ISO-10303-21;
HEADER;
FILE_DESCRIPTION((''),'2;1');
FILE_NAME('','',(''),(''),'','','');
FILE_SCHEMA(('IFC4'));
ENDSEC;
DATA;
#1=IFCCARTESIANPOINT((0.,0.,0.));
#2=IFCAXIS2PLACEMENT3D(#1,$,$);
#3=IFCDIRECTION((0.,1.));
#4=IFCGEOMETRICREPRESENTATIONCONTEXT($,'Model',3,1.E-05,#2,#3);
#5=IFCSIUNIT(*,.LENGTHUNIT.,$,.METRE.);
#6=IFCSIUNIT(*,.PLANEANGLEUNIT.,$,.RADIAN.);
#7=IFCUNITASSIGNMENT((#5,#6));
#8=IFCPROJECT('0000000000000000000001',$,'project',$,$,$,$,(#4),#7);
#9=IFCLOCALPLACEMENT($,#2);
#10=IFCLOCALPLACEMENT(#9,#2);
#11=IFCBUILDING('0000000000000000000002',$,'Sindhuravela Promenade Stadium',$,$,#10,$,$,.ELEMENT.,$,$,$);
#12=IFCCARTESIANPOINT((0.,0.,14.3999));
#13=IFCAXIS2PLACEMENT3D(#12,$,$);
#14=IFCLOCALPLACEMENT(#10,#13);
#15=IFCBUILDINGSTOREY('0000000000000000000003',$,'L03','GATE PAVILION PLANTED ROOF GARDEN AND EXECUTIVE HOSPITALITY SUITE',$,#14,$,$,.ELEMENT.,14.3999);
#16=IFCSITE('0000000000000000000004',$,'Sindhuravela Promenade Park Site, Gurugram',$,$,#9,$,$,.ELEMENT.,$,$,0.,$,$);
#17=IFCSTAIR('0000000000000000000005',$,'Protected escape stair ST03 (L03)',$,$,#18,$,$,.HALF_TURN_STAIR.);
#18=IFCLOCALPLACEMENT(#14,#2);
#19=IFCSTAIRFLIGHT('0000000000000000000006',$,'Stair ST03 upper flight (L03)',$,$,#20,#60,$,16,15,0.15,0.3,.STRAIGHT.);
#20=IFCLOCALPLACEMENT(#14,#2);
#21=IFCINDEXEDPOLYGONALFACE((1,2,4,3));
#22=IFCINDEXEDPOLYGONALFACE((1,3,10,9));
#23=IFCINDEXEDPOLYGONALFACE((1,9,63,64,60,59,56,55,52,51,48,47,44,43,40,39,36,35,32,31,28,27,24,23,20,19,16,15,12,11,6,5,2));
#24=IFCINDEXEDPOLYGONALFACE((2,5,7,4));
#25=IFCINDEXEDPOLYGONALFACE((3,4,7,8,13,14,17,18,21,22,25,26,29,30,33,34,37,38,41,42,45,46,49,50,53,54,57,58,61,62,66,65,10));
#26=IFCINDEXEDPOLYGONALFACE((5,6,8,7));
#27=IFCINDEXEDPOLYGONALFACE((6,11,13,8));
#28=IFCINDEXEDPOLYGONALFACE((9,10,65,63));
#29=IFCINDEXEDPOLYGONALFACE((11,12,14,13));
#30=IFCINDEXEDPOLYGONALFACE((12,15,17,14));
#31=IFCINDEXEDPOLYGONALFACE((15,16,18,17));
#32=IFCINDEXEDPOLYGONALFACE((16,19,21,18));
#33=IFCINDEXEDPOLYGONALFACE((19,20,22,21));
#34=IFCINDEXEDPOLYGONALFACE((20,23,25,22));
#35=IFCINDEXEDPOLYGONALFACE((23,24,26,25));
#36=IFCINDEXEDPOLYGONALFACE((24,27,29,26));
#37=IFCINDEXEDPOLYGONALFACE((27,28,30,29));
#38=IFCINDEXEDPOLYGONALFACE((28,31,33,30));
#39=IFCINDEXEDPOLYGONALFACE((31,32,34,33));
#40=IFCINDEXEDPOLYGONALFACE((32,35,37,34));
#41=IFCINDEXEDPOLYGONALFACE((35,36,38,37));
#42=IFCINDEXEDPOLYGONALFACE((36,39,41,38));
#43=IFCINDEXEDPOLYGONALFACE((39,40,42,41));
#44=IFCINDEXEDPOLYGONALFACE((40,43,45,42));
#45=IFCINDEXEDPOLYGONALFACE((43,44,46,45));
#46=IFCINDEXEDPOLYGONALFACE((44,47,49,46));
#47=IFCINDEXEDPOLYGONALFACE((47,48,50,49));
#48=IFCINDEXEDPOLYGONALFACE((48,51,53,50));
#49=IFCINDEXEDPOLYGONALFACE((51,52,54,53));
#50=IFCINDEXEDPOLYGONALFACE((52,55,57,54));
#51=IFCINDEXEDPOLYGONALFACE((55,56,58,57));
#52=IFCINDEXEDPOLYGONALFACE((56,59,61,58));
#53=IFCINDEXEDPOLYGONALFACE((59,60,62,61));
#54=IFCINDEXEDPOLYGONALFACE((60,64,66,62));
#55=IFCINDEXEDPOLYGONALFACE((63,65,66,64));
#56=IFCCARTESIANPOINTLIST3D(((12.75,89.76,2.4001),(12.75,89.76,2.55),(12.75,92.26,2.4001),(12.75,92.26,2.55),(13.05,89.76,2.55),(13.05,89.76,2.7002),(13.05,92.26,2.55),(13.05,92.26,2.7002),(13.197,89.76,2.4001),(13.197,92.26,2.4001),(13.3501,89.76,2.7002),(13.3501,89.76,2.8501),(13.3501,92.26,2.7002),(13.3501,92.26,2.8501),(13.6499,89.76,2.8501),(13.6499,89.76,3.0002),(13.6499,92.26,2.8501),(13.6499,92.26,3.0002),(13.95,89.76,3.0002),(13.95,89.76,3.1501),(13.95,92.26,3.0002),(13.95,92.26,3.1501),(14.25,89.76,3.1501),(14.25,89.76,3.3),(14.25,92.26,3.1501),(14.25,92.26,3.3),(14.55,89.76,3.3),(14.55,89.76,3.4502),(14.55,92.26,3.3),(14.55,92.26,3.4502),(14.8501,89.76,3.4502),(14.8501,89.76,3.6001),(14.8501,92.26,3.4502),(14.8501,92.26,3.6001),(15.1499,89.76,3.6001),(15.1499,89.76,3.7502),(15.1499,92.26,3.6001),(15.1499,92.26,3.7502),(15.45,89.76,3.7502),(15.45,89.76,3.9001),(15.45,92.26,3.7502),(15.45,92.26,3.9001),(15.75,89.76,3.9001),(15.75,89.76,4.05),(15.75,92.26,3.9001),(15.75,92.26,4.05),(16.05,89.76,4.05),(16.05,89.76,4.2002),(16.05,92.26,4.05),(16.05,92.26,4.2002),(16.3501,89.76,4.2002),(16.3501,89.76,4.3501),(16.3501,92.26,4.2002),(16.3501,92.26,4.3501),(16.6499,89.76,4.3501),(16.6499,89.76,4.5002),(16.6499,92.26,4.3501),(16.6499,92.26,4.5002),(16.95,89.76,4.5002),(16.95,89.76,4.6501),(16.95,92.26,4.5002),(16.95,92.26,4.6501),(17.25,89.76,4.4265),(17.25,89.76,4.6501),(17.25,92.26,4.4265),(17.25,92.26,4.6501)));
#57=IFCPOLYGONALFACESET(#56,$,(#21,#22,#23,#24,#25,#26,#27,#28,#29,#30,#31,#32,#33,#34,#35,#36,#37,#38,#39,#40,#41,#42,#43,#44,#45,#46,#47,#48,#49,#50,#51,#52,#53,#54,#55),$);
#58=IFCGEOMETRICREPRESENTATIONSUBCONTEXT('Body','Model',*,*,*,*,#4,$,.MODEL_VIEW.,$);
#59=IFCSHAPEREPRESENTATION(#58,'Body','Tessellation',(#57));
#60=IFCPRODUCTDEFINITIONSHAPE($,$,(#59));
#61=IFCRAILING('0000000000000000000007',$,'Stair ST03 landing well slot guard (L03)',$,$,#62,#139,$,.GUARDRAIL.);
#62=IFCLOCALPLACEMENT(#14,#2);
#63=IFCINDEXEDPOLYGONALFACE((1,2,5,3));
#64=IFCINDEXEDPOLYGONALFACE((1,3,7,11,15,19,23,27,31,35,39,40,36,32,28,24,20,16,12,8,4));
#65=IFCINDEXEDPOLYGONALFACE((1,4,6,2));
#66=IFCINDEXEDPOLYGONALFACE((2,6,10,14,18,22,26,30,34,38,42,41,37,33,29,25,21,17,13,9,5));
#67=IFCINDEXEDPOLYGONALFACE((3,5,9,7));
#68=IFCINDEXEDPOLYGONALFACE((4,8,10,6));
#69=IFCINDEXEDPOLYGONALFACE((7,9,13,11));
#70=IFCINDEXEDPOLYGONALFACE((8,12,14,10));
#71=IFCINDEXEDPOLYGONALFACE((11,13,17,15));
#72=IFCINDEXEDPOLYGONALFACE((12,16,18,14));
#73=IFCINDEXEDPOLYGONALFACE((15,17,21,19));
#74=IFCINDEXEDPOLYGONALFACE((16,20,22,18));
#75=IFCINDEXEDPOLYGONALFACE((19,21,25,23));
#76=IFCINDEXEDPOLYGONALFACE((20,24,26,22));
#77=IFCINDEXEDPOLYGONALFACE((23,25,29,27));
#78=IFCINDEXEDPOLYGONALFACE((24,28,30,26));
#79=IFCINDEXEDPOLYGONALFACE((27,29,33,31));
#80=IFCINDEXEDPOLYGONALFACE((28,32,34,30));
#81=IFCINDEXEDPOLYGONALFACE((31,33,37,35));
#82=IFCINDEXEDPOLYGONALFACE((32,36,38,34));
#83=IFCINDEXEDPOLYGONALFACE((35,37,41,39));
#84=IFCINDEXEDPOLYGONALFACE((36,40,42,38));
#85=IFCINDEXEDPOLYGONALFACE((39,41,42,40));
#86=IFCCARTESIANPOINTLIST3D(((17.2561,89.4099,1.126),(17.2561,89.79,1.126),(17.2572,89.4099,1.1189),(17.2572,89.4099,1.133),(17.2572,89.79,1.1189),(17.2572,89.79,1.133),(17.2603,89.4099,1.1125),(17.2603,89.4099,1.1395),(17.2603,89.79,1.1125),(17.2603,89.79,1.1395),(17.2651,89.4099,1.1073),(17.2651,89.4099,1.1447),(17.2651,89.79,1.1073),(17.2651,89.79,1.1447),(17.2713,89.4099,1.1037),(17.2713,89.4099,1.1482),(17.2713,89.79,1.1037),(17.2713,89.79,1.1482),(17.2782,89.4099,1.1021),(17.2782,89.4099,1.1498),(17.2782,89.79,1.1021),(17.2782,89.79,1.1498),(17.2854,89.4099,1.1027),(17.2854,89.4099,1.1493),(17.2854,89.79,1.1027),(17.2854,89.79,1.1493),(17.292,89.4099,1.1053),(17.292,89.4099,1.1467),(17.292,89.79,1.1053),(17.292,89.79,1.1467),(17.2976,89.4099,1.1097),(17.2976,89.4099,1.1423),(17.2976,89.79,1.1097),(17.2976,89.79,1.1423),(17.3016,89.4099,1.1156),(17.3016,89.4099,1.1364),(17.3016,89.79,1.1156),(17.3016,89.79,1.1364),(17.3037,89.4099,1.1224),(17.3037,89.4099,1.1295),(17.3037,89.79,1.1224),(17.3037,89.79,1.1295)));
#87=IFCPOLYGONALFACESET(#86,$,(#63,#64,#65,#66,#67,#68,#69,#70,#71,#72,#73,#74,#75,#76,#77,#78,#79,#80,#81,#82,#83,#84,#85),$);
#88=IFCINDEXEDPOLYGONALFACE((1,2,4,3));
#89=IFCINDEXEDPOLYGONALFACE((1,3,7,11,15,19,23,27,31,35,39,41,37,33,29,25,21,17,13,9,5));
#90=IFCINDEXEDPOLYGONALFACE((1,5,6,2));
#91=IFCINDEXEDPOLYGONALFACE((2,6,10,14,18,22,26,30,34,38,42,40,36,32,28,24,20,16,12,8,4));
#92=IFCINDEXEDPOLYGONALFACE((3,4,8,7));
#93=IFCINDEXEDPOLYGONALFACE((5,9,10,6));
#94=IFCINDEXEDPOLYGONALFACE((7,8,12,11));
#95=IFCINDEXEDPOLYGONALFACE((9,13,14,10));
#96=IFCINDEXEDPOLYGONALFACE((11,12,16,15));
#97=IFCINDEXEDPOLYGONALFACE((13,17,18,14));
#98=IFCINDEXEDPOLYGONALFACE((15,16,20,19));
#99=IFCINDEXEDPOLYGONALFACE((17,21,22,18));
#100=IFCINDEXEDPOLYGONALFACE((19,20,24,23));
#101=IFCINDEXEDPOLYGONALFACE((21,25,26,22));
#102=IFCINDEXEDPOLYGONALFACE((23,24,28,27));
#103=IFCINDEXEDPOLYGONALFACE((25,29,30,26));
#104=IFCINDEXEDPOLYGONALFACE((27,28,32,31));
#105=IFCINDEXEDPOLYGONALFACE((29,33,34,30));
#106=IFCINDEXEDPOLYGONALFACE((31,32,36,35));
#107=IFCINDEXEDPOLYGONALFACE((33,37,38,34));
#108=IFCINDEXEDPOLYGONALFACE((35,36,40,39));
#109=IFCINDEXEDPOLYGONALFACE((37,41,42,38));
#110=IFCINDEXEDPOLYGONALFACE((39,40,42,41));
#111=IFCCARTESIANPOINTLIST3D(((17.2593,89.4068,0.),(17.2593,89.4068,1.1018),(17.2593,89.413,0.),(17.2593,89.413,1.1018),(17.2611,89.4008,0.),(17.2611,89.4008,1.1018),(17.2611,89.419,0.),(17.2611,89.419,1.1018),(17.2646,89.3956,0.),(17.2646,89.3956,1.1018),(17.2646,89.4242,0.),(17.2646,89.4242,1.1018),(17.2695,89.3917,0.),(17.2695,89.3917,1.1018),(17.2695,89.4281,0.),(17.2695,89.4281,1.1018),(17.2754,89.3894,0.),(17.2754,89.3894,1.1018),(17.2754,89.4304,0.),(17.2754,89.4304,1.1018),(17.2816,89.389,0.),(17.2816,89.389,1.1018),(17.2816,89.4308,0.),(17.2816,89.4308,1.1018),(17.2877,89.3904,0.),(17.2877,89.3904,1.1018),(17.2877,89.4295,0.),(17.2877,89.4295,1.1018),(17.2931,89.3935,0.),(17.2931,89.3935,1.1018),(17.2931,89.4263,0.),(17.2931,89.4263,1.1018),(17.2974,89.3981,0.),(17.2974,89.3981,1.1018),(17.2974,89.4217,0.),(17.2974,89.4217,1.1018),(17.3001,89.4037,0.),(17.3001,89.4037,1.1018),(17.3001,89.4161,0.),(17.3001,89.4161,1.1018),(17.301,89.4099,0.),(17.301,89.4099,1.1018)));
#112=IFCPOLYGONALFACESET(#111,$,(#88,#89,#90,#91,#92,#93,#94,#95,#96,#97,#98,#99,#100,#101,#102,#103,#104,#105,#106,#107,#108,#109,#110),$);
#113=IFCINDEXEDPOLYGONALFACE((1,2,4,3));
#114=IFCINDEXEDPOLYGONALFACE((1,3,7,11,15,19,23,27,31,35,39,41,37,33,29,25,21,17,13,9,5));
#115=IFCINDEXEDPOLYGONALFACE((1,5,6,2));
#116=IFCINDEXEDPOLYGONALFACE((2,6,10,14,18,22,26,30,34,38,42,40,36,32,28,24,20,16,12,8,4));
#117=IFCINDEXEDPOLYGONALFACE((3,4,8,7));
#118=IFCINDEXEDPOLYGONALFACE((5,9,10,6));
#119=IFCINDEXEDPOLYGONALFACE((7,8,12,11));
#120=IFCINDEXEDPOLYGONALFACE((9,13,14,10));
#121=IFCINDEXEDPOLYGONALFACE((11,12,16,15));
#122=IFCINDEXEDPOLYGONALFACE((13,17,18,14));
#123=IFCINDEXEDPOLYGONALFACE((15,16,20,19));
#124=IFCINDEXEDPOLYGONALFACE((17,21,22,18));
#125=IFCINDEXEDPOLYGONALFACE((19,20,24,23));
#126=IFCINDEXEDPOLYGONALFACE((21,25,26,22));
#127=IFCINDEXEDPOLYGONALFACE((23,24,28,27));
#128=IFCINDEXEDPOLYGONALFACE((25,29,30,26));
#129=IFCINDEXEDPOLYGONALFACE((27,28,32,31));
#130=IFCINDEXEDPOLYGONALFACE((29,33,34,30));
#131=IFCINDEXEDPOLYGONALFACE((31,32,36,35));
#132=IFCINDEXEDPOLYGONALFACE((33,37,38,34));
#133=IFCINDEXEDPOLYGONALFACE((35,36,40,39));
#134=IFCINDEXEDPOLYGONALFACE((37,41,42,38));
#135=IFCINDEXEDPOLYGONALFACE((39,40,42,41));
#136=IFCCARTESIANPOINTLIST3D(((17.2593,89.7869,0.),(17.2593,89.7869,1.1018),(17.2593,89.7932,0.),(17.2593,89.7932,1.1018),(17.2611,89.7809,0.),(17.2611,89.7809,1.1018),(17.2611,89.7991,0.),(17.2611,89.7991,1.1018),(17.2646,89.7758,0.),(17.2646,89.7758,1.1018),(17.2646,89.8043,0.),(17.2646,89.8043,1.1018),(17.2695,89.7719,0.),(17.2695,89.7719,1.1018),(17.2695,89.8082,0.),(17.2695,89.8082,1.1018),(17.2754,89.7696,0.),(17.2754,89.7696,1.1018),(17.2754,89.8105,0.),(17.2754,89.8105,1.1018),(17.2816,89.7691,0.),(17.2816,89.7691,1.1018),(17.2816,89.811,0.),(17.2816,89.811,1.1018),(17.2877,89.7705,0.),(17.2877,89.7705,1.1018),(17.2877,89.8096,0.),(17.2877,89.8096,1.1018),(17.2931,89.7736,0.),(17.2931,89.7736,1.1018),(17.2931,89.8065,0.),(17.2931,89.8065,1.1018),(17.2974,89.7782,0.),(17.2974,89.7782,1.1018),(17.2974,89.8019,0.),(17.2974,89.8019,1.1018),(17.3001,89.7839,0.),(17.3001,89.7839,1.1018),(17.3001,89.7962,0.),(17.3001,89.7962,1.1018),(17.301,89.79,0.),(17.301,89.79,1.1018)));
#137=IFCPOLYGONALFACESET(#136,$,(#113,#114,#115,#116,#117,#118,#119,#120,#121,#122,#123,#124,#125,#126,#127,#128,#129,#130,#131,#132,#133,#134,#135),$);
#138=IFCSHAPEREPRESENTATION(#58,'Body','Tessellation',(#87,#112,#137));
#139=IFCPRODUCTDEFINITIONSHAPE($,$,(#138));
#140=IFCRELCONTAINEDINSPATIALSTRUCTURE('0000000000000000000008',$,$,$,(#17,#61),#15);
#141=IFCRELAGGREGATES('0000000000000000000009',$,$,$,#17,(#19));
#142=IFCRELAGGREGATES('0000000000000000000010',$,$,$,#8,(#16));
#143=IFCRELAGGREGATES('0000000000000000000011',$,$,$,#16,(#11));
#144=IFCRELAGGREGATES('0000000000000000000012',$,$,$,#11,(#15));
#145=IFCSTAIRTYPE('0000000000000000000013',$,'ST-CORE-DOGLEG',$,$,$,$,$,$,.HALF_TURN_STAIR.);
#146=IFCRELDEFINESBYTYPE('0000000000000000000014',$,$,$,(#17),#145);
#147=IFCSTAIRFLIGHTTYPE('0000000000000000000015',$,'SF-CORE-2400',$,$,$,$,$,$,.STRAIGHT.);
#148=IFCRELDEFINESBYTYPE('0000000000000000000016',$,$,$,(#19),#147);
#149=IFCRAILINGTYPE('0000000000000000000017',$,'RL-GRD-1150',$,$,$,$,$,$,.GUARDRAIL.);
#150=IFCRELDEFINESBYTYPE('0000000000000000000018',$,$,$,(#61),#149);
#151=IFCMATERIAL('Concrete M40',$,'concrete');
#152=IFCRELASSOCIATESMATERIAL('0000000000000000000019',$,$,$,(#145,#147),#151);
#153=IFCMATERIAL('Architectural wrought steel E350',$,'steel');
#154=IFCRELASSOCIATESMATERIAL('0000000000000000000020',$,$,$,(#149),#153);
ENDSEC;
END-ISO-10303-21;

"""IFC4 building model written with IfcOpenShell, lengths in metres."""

from ifc_helpers import new_model, si_unit, direction, frame, origin, origin_2d, place, context, subcontext, project, spatial, polyline, circle, outline, extrude, material, type_object, element, aggregate, save


model = new_model("IFC4")

# Units and contexts
model_context = context("Model", 3, precision=1e-05, world=origin(), true_north=direction((0.0, 1.0)))
body_context = subcontext(model_context, "Body", "Model", "MODEL_VIEW")
ifc_project = project(units=[si_unit("LENGTHUNIT", "METRE"), si_unit("PLANEANGLEUNIT", "RADIAN")], contexts=[model_context])

# Site, building, storey
site_placement = place(None, origin())
site = spatial("IfcSite", under=ifc_project, at=site_placement, Name="Sindhuravela Promenade Park Site, Gurugram", CompositionType="ELEMENT", RefElevation=0.0)
building_placement = place(site_placement, origin())
building = spatial("IfcBuilding", under=site, at=building_placement, Name="Sindhuravela Promenade Stadium", CompositionType="ELEMENT")
storey_placement = place(building_placement, frame((0.0, 0.0, 14.3999)))
storey = spatial("IfcBuildingStorey", under=building, at=storey_placement, Name="L03", Description="GATE PAVILION PLANTED ROOF GARDEN AND EXECUTIVE HOSPITALITY SUITE", CompositionType="ELEMENT", Elevation=14.3999)

# Shared definitions
ifc_material_1 = material(Name="Concrete M40", Category="concrete")

# Shared definitions
ifc_material_2 = material(Name="Architectural wrought steel E350", Category="steel")

# Stair, stair flight
stair_type = type_object("IfcStairType", Name="ST-CORE-DOGLEG", PredefinedType="HALF_TURN_STAIR", material=ifc_material_1)
stair_placement = place(storey_placement, origin())
stair = element("IfcStair", 1, at=stair_placement, inside=storey, type_object=stair_type, Name="Protected escape stair ST03 (L03)", PredefinedType="HALF_TURN_STAIR")
stair_flight_type = type_object("IfcStairFlightType", Name="SF-CORE-2400", PredefinedType="STRAIGHT", material=ifc_material_1)
stair_flight_1_placement = place(storey_placement, frame((12.75, 91.01, 2.4001), z_axis=(0.0, 0.0, 1.0), x_axis=(1.0, 0.0, 0.0)))
stair_flight_1 = element("IfcStairFlight", 2, at=stair_flight_1_placement, type_object=stair_flight_type, Name="Stair ST03 upper flight (L03)", NumberOfRisers=16, NumberOfTreads=15, PredefinedType="STRAIGHT", RiserHeight=0.15, TreadLength=0.3, context=body_context, shape_type="SweptSolid", body=[
    extrude(outline(polyline([(0.0, 0.0), (0.0, 0.1499), (0.3, 0.1499), (0.3, 0.3), (0.6001, 0.3), (0.6001, 0.45), (0.8999, 0.45), (0.8999, 0.6001), (1.2, 0.6001), (1.2, 0.75), (1.5, 0.75), (1.5, 0.8999), (1.8, 0.8999), (1.8, 1.05), (2.1001, 1.05), (2.1001, 1.2), (2.3999, 1.2), (2.3999, 1.3501), (2.7, 1.3501), (2.7, 1.5), (3.0, 1.5), (3.0, 1.6499), (3.3, 1.6499), (3.3, 1.8), (3.6001, 1.8), (3.6001, 1.95), (3.8999, 1.95), (3.8999, 2.1001), (4.2, 2.1001), (4.2, 2.25), (4.5, 2.25), (4.5, 2.3999), (4.5, 2.0264), (0.447, 0.0), (0.0, 0.0)])), frame((0.0, 1.25, 0.0), z_axis=(0.0, -1.0, 0.0), x_axis=(1.0, 0.0, 0.0)), (0.0, 0.0, 1.0), 2.5),
])
aggregate(stair, [stair_flight_1])

# Railing
railing_type_1 = type_object("IfcRailingType", Name="RL-GRD-1150", PredefinedType="GUARDRAIL", material=ifc_material_2)
railing_1_placement = place(storey_placement, frame((17.28, 89.4099, 0.0)))
element("IfcRailing", 3, at=railing_1_placement, inside=storey, type_object=railing_type_1, Name="Stair ST03 landing well slot guard (L03)", PredefinedType="GUARDRAIL", context=body_context, shape_type="SweptSolid", body=[
    extrude(circle(Radius=0.0239, at=origin_2d()), frame((0.0, 0.0, 1.126), z_axis=(0.0, 1.0, 0.0), x_axis=(-1.0, 0.0, 0.0)), (0.0, 0.0, 1.0), 0.3801),
    extrude(circle(Radius=0.021, at=origin_2d()), origin(), (0.0, 0.0, 1.0), 1.1018),
    extrude(circle(Radius=0.021, at=origin_2d()), frame((0.0, 0.3801, 0.0)), (0.0, 0.0, 1.0), 1.1018),
])

save(model, "model.ifc")
